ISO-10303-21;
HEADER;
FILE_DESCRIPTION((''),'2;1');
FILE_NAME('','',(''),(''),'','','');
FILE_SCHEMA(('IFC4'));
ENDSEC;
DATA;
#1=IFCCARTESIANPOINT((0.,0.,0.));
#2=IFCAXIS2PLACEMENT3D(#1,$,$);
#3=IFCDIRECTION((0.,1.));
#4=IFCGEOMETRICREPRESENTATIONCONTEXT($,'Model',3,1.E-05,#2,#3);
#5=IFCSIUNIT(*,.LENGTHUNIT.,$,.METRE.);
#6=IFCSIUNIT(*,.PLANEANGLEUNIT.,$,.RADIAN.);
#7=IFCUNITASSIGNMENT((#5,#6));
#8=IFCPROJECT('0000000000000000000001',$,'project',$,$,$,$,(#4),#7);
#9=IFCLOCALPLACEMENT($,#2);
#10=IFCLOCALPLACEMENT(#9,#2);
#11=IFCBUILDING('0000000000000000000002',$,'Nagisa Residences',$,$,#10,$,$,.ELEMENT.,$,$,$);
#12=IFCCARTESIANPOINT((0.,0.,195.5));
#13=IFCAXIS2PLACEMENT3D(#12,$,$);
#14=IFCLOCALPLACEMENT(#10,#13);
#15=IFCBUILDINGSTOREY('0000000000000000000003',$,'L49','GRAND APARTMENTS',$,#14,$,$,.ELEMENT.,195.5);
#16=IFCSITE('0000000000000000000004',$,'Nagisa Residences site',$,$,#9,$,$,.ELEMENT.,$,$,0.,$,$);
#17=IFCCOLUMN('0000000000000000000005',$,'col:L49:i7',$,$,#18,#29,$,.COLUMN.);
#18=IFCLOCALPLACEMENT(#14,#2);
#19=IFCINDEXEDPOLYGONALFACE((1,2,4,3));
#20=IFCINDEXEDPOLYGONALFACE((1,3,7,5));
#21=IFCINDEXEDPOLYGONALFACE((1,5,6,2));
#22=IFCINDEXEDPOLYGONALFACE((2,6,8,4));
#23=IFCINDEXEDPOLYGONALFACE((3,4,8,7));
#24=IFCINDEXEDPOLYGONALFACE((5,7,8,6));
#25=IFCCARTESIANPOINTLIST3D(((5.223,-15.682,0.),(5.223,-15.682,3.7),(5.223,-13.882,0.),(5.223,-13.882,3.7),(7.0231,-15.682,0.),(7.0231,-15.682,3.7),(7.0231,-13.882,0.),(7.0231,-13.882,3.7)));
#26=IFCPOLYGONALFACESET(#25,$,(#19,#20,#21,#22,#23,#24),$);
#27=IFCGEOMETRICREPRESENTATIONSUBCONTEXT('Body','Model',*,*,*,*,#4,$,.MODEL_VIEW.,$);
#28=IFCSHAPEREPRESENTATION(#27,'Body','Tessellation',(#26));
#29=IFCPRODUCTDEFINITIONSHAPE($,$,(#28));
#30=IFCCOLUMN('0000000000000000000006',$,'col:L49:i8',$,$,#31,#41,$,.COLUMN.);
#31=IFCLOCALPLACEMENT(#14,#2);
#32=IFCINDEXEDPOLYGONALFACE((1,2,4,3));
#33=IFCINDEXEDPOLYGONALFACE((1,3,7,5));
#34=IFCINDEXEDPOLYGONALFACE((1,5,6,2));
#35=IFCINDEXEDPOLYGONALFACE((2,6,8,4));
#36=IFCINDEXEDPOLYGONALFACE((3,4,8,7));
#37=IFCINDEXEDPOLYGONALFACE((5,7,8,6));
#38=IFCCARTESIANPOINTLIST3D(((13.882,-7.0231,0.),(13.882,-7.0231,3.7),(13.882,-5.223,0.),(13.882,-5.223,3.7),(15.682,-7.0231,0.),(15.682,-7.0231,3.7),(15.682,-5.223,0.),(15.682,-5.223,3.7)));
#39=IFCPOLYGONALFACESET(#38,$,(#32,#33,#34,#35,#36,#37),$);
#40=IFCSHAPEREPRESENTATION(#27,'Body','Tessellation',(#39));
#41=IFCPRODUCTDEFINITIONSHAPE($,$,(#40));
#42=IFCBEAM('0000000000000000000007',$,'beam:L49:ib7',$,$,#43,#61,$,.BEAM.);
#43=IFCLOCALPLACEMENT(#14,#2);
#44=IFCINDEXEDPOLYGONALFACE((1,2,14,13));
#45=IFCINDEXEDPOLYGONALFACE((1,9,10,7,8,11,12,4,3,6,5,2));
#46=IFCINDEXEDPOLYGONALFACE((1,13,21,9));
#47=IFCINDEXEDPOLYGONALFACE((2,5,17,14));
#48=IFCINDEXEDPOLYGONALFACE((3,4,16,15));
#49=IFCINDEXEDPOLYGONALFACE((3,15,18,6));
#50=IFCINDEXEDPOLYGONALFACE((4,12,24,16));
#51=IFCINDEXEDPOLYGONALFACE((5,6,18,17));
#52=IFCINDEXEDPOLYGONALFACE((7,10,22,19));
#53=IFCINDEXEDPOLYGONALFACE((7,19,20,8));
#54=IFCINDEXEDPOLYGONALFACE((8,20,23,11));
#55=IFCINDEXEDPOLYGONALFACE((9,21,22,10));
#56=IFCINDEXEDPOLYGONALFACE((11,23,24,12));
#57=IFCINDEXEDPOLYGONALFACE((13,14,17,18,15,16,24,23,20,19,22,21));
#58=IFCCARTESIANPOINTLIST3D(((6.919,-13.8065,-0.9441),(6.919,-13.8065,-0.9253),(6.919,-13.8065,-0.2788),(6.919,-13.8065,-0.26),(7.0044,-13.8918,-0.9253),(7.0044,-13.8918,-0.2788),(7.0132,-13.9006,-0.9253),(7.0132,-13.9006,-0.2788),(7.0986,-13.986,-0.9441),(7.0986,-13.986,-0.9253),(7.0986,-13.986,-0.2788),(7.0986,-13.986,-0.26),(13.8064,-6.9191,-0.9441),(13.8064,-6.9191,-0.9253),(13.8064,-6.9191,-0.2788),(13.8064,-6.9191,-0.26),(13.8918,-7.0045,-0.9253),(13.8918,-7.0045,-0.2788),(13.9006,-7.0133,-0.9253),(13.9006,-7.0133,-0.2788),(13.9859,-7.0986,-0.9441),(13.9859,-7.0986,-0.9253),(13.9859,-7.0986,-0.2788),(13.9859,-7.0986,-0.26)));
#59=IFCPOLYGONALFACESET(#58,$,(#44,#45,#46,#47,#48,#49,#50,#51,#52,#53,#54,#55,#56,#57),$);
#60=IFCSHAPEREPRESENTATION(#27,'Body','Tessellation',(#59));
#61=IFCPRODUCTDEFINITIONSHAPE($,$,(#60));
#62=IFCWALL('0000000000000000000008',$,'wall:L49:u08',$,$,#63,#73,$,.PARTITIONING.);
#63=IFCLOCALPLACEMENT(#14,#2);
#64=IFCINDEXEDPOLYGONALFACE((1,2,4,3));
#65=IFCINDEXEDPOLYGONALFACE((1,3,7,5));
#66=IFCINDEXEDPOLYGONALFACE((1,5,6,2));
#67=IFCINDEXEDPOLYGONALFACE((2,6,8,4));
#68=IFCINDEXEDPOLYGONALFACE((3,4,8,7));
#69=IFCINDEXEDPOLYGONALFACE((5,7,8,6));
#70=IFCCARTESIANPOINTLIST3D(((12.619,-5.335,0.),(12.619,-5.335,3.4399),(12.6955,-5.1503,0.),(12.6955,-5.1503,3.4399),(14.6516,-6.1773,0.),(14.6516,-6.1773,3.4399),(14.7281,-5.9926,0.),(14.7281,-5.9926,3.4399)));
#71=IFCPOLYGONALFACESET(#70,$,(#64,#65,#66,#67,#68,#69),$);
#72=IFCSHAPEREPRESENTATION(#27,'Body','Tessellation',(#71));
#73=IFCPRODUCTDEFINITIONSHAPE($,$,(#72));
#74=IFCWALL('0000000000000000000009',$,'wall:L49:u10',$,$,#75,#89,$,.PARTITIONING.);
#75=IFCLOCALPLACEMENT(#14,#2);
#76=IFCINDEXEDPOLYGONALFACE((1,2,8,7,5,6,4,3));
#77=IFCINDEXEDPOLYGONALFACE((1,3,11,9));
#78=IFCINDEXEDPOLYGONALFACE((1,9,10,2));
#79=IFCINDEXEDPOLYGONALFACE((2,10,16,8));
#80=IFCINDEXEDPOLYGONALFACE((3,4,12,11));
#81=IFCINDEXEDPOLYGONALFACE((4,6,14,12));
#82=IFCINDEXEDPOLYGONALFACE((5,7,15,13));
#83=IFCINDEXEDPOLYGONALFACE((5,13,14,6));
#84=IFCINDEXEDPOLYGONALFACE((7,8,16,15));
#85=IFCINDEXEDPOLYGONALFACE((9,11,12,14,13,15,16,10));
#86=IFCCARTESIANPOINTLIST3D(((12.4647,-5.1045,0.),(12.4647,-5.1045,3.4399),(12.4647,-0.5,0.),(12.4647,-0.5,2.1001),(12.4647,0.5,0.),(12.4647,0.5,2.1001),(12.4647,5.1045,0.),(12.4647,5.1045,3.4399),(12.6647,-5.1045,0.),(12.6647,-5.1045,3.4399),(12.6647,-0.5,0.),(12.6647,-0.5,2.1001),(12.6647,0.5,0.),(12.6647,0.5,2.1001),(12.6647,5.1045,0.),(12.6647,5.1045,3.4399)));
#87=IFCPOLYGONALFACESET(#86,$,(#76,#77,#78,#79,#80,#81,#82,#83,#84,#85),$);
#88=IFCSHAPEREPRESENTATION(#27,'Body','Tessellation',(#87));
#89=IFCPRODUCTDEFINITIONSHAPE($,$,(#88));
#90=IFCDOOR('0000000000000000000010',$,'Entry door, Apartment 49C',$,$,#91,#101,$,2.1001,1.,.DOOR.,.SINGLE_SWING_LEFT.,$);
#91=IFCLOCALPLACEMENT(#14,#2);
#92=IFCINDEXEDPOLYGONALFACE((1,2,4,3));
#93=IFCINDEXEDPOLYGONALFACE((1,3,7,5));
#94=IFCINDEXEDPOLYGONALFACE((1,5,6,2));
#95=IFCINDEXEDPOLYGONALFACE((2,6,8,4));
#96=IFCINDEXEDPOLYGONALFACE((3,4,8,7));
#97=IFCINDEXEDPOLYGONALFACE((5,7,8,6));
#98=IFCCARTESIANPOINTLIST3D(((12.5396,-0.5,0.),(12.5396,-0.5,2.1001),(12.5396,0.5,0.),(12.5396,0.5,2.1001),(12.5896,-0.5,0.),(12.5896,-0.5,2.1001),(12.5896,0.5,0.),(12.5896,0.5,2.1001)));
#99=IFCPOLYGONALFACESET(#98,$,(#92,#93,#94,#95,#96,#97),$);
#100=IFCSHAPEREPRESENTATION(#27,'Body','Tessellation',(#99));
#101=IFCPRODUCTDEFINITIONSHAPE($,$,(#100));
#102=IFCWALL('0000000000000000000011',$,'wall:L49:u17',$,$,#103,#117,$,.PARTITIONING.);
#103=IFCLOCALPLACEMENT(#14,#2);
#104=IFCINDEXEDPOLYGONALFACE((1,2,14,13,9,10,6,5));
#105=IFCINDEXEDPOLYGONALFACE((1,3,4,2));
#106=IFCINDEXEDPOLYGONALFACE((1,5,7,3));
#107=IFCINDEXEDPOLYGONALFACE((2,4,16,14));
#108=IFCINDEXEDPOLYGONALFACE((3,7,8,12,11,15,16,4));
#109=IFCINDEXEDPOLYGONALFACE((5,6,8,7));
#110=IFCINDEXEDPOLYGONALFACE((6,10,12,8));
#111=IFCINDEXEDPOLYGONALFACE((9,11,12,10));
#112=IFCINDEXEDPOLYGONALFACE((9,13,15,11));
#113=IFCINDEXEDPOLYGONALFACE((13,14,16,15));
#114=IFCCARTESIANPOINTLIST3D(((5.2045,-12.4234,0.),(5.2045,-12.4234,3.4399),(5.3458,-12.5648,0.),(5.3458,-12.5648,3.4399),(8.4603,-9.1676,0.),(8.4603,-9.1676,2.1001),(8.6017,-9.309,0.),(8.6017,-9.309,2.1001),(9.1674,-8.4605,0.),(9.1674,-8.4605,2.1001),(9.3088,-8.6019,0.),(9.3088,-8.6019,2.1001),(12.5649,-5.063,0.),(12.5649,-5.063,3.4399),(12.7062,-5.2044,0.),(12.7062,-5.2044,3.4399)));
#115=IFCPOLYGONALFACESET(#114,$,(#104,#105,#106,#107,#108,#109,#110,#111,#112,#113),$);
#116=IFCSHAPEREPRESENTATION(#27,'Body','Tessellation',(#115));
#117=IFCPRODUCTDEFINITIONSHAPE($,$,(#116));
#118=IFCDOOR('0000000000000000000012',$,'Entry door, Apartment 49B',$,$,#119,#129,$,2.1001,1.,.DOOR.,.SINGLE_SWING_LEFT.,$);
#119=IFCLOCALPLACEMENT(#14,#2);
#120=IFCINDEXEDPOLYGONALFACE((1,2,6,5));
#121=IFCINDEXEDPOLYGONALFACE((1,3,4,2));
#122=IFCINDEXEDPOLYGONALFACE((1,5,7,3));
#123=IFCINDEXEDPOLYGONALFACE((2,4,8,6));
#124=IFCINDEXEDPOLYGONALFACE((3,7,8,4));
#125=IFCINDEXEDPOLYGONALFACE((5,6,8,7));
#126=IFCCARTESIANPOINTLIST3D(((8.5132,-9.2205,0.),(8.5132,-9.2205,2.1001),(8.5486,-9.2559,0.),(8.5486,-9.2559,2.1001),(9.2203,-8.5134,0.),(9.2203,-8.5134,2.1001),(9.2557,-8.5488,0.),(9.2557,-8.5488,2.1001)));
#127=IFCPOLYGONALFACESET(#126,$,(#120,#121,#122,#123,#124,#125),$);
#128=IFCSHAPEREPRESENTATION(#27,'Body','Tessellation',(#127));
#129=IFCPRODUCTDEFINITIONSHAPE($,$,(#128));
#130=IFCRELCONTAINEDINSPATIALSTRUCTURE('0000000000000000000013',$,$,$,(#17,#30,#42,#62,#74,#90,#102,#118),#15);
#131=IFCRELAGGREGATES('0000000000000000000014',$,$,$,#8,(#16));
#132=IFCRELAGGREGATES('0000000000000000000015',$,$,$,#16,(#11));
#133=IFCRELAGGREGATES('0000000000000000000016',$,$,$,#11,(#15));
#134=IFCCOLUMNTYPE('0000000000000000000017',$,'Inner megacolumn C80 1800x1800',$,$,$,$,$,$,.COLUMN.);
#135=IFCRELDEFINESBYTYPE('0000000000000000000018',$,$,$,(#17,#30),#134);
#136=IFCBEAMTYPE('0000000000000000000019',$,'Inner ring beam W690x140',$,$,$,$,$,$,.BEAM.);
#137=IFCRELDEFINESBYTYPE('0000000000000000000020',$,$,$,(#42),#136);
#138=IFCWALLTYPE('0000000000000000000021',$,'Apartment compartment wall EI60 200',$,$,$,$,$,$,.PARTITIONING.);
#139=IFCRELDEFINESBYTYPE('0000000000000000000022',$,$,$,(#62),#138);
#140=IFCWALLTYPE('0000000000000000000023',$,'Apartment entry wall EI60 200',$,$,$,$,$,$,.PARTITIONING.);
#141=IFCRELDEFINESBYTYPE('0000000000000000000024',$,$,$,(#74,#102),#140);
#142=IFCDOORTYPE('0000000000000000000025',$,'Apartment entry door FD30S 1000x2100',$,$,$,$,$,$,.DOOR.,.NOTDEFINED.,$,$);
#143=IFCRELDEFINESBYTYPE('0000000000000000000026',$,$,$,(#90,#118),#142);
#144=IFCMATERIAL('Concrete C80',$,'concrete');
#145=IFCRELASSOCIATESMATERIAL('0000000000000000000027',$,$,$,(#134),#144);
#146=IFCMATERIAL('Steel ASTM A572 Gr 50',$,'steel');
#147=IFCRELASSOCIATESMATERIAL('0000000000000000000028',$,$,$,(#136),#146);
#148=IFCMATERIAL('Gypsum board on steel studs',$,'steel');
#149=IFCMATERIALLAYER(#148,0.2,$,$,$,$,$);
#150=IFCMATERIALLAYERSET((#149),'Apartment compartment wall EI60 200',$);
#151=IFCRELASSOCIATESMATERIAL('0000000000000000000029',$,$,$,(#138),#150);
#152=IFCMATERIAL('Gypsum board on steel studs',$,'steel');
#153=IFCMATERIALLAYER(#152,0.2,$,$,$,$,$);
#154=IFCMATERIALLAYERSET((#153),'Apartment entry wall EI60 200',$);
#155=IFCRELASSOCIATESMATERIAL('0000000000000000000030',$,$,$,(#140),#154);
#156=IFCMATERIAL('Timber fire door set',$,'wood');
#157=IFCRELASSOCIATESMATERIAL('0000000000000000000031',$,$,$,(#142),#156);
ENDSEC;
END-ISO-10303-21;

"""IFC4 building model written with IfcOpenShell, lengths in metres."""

from ifc_helpers import new_model, si_unit, direction, frame, frame_2d, origin, origin_2d, place, context, subcontext, project, spatial, rectangle, i_section, extrude, material, layer, layer_set, material_profile, profile_set, type_object, element, fill, save


model = new_model("IFC4")

# Units and contexts
model_context = context("Model", 3, precision=1e-05, world=origin(), true_north=direction((0.0, 1.0)))
body_context = subcontext(model_context, "Body", "Model", "MODEL_VIEW")
ifc_project = project(units=[si_unit("LENGTHUNIT", "METRE"), si_unit("PLANEANGLEUNIT", "RADIAN")], contexts=[model_context])

# Site, building, storey
site_placement = place(None, origin())
site = spatial("IfcSite", under=ifc_project, at=site_placement, Name="Nagisa Residences site", CompositionType="ELEMENT", RefElevation=0.0)
building_placement = place(site_placement, origin())
building = spatial("IfcBuilding", under=site, at=building_placement, Name="Nagisa Residences", CompositionType="ELEMENT")
storey_placement = place(building_placement, frame((0.0, 0.0, 195.5)))
storey = spatial("IfcBuildingStorey", under=building, at=storey_placement, Name="L49", Description="GRAND APARTMENTS", CompositionType="ELEMENT", Elevation=195.5)

# Columns
ifc_material_1 = material(Name="Concrete C80", Category="concrete")
ifc_material_profile_1 = material_profile(ifc_material_1, rectangle(XDim=1.8, YDim=1.8, at=origin_2d()), Name="C80 1800x1800")
ifc_profile_set_1 = profile_set([ifc_material_profile_1], Name="Concrete C80")
column_type = type_object("IfcColumnType", Name="Inner megacolumn C80 1800x1800", PredefinedType="COLUMN", material=ifc_profile_set_1)
for number, where, z_axis, x_axis, name in (
    (1, (6.123, -14.782, 0.0), (0.0, 0.0, 1.0), (1.0, 0.0, 0.0), "col:L49:i7"),
    (2, (14.782, -6.123, 0.0), (0.0, 0.0, 1.0), (1.0, 0.0, 0.0), "col:L49:i8"),
):
    element("IfcColumn", number, at=place(storey_placement, frame(where, z_axis=z_axis, x_axis=x_axis)), inside=storey, type_object=column_type, Name=name, PredefinedType="COLUMN", context=body_context, shape_type="SweptSolid", body=[
        extrude(rectangle(XDim=1.8, YDim=1.8, at=origin_2d()), origin(), (0.0, 0.0, 1.0), 3.7),
    ])

# Beam
ifc_material_2 = material(Name="Steel ASTM A572 Gr 50", Category="steel")
ifc_material_profile_2 = material_profile(ifc_material_2, i_section(OverallWidth=0.2539, OverallDepth=0.6841, WebThickness=0.0125, FlangeThickness=0.0188, at=origin_2d()), Name="W690x140")
ifc_profile_set_2 = profile_set([ifc_material_profile_2], Name="Steel ASTM A572 Gr 50")
beam_type = type_object("IfcBeamType", Name="Inner ring beam W690x140", PredefinedType="BEAM", material=ifc_profile_set_2)
beam_placement = place(storey_placement, frame((7.0088, -13.8962, -0.6021), z_axis=(0.707107, 0.707107, 0.0), x_axis=(-0.707107, 0.707107, 0.0)))
element("IfcBeam", 3, at=beam_placement, inside=storey, type_object=beam_type, Name="beam:L49:ib7", PredefinedType="BEAM", context=body_context, shape_type="SweptSolid", body=[
    extrude(i_section(OverallWidth=0.2539, OverallDepth=0.6841, WebThickness=0.0125, FlangeThickness=0.0188, at=origin_2d()), origin(), (0.0, 0.0, 1.0), 9.7402),
])

# Wall
ifc_material_3 = material(Name="Gypsum board on steel studs", Category="steel")
ifc_layer_1 = layer(ifc_material_3, 0.2)
ifc_layer_set_1 = layer_set([ifc_layer_1], Name="Apartment compartment wall EI60 200")
wall_type_1 = type_object("IfcWallType", Name="Apartment compartment wall EI60 200", PredefinedType="PARTITIONING", material=ifc_layer_set_1)
wall_1_placement = place(storey_placement, frame((12.6572, -5.2427, 0.0), z_axis=(0.0, 0.0, 1.0), x_axis=(0.92383, -0.382803, 0.0)))
element("IfcWall", 4, at=wall_1_placement, inside=storey, type_object=wall_type_1, Name="wall:L49:u08", PredefinedType="PARTITIONING", context=body_context, shape_type="SweptSolid", body=[
    extrude(rectangle(XDim=2.2002, YDim=0.2, at=frame_2d((1.1001, 0.0))), origin(), (0.0, 0.0, 1.0), 3.4399),
])

# Walls, openings, doors
ifc_material_4 = material(Name="Gypsum board on steel studs", Category="steel")
ifc_layer_2 = layer(ifc_material_4, 0.2)
ifc_layer_set_2 = layer_set([ifc_layer_2], Name="Apartment entry wall EI60 200")
wall_type_2 = type_object("IfcWallType", Name="Apartment entry wall EI60 200", PredefinedType="PARTITIONING", material=ifc_layer_set_2)
wall_2_placement = place(storey_placement, frame((12.5647, -5.1045, 0.0), z_axis=(0.0, 0.0, 1.0), x_axis=(0.0, 1.0, 0.0)))
wall_2 = element("IfcWall", 5, at=wall_2_placement, inside=storey, type_object=wall_type_2, Name="wall:L49:u10", PredefinedType="PARTITIONING", context=body_context, shape_type="SweptSolid", body=[
    extrude(rectangle(XDim=10.209, YDim=0.2, at=frame_2d((5.1045, 0.0))), origin(), (0.0, 0.0, 1.0), 3.4399),
])
opening_1_placement = place(wall_2_placement, frame((4.6045, 0.0, 0.0)))
opening_1 = element("IfcOpeningElement", 6, at=opening_1_placement, cuts=wall_2, PredefinedType="OPENING", context=body_context, shape_type="SweptSolid", body=[
    extrude(rectangle(XDim=1.0, YDim=2.1001, at=frame_2d((0.5, 1.05))), frame((0.0, 0.1099, 0.0), z_axis=(0.0, -1.0, 0.0), x_axis=(1.0, 0.0, 0.0)), (0.0, 0.0, 1.0), 0.22),
])
ifc_material_5 = material(Name="Timber fire door set", Category="wood")
door_type_1 = type_object("IfcDoorType", Name="Apartment entry door FD30S 1000x2100", OperationType="NOTDEFINED", PredefinedType="DOOR", material=ifc_material_5)
door_1_placement = place(opening_1_placement, frame((1.0, 0.0, 0.0), x_axis=(-1.0, 0.0, 0.0)))
door_1 = element("IfcDoor", 7, at=door_1_placement, inside=storey, type_object=door_type_1, Name="Entry door, Apartment 49C", OperationType="SINGLE_SWING_LEFT", OverallHeight=2.1001, OverallWidth=1.0, PredefinedType="DOOR", context=body_context, shape_type="SweptSolid", body=[
    extrude(rectangle(XDim=1.0, YDim=2.1001, at=frame_2d((0.5, 1.05))), frame((0.0, 0.0249, 0.0), z_axis=(0.0, -1.0, 0.0), x_axis=(1.0, 0.0, 0.0)), (0.0, 0.0, 1.0), 0.05),
])
fill(opening_1, door_1)
wall_3_placement = place(storey_placement, frame((5.2751, -12.4941, 0.0), z_axis=(0.0, 0.0, 1.0), x_axis=(0.707107, 0.707107, 0.0)))
wall_3 = element("IfcWall", 8, at=wall_3_placement, inside=storey, type_object=wall_type_2, Name="wall:L49:u17", PredefinedType="PARTITIONING", context=body_context, shape_type="SweptSolid", body=[
    extrude(rectangle(XDim=10.4092, YDim=0.2, at=frame_2d((5.2046, 0.0))), origin(), (0.0, 0.0, 1.0), 3.4399),
])
opening_2_placement = place(wall_3_placement, frame((4.6045, 0.0, 0.0)))
opening_2 = element("IfcOpeningElement", 9, at=opening_2_placement, cuts=wall_3, PredefinedType="OPENING", context=body_context, shape_type="SweptSolid", body=[
    extrude(rectangle(XDim=1.0, YDim=2.1001, at=frame_2d((0.5, 1.05))), frame((0.0, 0.1099, 0.0), z_axis=(0.0, -1.0, 0.0), x_axis=(1.0, 0.0, 0.0)), (0.0, 0.0, 1.0), 0.22),
])
door_2_placement = place(opening_2_placement, frame((1.0, 0.0, 0.0), x_axis=(-1.0, 0.0, 0.0)))
door_2 = element("IfcDoor", 10, at=door_2_placement, inside=storey, type_object=door_type_1, Name="Entry door, Apartment 49B", OperationType="SINGLE_SWING_LEFT", OverallHeight=2.1001, OverallWidth=1.0, PredefinedType="DOOR", context=body_context, shape_type="SweptSolid", body=[
    extrude(rectangle(XDim=1.0, YDim=2.1001, at=frame_2d((0.5, 1.05))), frame((0.0, 0.0249, 0.0), z_axis=(0.0, -1.0, 0.0), x_axis=(1.0, 0.0, 0.0)), (0.0, 0.0, 1.0), 0.05),
])
fill(opening_2, door_2)

save(model, "model.ifc")
